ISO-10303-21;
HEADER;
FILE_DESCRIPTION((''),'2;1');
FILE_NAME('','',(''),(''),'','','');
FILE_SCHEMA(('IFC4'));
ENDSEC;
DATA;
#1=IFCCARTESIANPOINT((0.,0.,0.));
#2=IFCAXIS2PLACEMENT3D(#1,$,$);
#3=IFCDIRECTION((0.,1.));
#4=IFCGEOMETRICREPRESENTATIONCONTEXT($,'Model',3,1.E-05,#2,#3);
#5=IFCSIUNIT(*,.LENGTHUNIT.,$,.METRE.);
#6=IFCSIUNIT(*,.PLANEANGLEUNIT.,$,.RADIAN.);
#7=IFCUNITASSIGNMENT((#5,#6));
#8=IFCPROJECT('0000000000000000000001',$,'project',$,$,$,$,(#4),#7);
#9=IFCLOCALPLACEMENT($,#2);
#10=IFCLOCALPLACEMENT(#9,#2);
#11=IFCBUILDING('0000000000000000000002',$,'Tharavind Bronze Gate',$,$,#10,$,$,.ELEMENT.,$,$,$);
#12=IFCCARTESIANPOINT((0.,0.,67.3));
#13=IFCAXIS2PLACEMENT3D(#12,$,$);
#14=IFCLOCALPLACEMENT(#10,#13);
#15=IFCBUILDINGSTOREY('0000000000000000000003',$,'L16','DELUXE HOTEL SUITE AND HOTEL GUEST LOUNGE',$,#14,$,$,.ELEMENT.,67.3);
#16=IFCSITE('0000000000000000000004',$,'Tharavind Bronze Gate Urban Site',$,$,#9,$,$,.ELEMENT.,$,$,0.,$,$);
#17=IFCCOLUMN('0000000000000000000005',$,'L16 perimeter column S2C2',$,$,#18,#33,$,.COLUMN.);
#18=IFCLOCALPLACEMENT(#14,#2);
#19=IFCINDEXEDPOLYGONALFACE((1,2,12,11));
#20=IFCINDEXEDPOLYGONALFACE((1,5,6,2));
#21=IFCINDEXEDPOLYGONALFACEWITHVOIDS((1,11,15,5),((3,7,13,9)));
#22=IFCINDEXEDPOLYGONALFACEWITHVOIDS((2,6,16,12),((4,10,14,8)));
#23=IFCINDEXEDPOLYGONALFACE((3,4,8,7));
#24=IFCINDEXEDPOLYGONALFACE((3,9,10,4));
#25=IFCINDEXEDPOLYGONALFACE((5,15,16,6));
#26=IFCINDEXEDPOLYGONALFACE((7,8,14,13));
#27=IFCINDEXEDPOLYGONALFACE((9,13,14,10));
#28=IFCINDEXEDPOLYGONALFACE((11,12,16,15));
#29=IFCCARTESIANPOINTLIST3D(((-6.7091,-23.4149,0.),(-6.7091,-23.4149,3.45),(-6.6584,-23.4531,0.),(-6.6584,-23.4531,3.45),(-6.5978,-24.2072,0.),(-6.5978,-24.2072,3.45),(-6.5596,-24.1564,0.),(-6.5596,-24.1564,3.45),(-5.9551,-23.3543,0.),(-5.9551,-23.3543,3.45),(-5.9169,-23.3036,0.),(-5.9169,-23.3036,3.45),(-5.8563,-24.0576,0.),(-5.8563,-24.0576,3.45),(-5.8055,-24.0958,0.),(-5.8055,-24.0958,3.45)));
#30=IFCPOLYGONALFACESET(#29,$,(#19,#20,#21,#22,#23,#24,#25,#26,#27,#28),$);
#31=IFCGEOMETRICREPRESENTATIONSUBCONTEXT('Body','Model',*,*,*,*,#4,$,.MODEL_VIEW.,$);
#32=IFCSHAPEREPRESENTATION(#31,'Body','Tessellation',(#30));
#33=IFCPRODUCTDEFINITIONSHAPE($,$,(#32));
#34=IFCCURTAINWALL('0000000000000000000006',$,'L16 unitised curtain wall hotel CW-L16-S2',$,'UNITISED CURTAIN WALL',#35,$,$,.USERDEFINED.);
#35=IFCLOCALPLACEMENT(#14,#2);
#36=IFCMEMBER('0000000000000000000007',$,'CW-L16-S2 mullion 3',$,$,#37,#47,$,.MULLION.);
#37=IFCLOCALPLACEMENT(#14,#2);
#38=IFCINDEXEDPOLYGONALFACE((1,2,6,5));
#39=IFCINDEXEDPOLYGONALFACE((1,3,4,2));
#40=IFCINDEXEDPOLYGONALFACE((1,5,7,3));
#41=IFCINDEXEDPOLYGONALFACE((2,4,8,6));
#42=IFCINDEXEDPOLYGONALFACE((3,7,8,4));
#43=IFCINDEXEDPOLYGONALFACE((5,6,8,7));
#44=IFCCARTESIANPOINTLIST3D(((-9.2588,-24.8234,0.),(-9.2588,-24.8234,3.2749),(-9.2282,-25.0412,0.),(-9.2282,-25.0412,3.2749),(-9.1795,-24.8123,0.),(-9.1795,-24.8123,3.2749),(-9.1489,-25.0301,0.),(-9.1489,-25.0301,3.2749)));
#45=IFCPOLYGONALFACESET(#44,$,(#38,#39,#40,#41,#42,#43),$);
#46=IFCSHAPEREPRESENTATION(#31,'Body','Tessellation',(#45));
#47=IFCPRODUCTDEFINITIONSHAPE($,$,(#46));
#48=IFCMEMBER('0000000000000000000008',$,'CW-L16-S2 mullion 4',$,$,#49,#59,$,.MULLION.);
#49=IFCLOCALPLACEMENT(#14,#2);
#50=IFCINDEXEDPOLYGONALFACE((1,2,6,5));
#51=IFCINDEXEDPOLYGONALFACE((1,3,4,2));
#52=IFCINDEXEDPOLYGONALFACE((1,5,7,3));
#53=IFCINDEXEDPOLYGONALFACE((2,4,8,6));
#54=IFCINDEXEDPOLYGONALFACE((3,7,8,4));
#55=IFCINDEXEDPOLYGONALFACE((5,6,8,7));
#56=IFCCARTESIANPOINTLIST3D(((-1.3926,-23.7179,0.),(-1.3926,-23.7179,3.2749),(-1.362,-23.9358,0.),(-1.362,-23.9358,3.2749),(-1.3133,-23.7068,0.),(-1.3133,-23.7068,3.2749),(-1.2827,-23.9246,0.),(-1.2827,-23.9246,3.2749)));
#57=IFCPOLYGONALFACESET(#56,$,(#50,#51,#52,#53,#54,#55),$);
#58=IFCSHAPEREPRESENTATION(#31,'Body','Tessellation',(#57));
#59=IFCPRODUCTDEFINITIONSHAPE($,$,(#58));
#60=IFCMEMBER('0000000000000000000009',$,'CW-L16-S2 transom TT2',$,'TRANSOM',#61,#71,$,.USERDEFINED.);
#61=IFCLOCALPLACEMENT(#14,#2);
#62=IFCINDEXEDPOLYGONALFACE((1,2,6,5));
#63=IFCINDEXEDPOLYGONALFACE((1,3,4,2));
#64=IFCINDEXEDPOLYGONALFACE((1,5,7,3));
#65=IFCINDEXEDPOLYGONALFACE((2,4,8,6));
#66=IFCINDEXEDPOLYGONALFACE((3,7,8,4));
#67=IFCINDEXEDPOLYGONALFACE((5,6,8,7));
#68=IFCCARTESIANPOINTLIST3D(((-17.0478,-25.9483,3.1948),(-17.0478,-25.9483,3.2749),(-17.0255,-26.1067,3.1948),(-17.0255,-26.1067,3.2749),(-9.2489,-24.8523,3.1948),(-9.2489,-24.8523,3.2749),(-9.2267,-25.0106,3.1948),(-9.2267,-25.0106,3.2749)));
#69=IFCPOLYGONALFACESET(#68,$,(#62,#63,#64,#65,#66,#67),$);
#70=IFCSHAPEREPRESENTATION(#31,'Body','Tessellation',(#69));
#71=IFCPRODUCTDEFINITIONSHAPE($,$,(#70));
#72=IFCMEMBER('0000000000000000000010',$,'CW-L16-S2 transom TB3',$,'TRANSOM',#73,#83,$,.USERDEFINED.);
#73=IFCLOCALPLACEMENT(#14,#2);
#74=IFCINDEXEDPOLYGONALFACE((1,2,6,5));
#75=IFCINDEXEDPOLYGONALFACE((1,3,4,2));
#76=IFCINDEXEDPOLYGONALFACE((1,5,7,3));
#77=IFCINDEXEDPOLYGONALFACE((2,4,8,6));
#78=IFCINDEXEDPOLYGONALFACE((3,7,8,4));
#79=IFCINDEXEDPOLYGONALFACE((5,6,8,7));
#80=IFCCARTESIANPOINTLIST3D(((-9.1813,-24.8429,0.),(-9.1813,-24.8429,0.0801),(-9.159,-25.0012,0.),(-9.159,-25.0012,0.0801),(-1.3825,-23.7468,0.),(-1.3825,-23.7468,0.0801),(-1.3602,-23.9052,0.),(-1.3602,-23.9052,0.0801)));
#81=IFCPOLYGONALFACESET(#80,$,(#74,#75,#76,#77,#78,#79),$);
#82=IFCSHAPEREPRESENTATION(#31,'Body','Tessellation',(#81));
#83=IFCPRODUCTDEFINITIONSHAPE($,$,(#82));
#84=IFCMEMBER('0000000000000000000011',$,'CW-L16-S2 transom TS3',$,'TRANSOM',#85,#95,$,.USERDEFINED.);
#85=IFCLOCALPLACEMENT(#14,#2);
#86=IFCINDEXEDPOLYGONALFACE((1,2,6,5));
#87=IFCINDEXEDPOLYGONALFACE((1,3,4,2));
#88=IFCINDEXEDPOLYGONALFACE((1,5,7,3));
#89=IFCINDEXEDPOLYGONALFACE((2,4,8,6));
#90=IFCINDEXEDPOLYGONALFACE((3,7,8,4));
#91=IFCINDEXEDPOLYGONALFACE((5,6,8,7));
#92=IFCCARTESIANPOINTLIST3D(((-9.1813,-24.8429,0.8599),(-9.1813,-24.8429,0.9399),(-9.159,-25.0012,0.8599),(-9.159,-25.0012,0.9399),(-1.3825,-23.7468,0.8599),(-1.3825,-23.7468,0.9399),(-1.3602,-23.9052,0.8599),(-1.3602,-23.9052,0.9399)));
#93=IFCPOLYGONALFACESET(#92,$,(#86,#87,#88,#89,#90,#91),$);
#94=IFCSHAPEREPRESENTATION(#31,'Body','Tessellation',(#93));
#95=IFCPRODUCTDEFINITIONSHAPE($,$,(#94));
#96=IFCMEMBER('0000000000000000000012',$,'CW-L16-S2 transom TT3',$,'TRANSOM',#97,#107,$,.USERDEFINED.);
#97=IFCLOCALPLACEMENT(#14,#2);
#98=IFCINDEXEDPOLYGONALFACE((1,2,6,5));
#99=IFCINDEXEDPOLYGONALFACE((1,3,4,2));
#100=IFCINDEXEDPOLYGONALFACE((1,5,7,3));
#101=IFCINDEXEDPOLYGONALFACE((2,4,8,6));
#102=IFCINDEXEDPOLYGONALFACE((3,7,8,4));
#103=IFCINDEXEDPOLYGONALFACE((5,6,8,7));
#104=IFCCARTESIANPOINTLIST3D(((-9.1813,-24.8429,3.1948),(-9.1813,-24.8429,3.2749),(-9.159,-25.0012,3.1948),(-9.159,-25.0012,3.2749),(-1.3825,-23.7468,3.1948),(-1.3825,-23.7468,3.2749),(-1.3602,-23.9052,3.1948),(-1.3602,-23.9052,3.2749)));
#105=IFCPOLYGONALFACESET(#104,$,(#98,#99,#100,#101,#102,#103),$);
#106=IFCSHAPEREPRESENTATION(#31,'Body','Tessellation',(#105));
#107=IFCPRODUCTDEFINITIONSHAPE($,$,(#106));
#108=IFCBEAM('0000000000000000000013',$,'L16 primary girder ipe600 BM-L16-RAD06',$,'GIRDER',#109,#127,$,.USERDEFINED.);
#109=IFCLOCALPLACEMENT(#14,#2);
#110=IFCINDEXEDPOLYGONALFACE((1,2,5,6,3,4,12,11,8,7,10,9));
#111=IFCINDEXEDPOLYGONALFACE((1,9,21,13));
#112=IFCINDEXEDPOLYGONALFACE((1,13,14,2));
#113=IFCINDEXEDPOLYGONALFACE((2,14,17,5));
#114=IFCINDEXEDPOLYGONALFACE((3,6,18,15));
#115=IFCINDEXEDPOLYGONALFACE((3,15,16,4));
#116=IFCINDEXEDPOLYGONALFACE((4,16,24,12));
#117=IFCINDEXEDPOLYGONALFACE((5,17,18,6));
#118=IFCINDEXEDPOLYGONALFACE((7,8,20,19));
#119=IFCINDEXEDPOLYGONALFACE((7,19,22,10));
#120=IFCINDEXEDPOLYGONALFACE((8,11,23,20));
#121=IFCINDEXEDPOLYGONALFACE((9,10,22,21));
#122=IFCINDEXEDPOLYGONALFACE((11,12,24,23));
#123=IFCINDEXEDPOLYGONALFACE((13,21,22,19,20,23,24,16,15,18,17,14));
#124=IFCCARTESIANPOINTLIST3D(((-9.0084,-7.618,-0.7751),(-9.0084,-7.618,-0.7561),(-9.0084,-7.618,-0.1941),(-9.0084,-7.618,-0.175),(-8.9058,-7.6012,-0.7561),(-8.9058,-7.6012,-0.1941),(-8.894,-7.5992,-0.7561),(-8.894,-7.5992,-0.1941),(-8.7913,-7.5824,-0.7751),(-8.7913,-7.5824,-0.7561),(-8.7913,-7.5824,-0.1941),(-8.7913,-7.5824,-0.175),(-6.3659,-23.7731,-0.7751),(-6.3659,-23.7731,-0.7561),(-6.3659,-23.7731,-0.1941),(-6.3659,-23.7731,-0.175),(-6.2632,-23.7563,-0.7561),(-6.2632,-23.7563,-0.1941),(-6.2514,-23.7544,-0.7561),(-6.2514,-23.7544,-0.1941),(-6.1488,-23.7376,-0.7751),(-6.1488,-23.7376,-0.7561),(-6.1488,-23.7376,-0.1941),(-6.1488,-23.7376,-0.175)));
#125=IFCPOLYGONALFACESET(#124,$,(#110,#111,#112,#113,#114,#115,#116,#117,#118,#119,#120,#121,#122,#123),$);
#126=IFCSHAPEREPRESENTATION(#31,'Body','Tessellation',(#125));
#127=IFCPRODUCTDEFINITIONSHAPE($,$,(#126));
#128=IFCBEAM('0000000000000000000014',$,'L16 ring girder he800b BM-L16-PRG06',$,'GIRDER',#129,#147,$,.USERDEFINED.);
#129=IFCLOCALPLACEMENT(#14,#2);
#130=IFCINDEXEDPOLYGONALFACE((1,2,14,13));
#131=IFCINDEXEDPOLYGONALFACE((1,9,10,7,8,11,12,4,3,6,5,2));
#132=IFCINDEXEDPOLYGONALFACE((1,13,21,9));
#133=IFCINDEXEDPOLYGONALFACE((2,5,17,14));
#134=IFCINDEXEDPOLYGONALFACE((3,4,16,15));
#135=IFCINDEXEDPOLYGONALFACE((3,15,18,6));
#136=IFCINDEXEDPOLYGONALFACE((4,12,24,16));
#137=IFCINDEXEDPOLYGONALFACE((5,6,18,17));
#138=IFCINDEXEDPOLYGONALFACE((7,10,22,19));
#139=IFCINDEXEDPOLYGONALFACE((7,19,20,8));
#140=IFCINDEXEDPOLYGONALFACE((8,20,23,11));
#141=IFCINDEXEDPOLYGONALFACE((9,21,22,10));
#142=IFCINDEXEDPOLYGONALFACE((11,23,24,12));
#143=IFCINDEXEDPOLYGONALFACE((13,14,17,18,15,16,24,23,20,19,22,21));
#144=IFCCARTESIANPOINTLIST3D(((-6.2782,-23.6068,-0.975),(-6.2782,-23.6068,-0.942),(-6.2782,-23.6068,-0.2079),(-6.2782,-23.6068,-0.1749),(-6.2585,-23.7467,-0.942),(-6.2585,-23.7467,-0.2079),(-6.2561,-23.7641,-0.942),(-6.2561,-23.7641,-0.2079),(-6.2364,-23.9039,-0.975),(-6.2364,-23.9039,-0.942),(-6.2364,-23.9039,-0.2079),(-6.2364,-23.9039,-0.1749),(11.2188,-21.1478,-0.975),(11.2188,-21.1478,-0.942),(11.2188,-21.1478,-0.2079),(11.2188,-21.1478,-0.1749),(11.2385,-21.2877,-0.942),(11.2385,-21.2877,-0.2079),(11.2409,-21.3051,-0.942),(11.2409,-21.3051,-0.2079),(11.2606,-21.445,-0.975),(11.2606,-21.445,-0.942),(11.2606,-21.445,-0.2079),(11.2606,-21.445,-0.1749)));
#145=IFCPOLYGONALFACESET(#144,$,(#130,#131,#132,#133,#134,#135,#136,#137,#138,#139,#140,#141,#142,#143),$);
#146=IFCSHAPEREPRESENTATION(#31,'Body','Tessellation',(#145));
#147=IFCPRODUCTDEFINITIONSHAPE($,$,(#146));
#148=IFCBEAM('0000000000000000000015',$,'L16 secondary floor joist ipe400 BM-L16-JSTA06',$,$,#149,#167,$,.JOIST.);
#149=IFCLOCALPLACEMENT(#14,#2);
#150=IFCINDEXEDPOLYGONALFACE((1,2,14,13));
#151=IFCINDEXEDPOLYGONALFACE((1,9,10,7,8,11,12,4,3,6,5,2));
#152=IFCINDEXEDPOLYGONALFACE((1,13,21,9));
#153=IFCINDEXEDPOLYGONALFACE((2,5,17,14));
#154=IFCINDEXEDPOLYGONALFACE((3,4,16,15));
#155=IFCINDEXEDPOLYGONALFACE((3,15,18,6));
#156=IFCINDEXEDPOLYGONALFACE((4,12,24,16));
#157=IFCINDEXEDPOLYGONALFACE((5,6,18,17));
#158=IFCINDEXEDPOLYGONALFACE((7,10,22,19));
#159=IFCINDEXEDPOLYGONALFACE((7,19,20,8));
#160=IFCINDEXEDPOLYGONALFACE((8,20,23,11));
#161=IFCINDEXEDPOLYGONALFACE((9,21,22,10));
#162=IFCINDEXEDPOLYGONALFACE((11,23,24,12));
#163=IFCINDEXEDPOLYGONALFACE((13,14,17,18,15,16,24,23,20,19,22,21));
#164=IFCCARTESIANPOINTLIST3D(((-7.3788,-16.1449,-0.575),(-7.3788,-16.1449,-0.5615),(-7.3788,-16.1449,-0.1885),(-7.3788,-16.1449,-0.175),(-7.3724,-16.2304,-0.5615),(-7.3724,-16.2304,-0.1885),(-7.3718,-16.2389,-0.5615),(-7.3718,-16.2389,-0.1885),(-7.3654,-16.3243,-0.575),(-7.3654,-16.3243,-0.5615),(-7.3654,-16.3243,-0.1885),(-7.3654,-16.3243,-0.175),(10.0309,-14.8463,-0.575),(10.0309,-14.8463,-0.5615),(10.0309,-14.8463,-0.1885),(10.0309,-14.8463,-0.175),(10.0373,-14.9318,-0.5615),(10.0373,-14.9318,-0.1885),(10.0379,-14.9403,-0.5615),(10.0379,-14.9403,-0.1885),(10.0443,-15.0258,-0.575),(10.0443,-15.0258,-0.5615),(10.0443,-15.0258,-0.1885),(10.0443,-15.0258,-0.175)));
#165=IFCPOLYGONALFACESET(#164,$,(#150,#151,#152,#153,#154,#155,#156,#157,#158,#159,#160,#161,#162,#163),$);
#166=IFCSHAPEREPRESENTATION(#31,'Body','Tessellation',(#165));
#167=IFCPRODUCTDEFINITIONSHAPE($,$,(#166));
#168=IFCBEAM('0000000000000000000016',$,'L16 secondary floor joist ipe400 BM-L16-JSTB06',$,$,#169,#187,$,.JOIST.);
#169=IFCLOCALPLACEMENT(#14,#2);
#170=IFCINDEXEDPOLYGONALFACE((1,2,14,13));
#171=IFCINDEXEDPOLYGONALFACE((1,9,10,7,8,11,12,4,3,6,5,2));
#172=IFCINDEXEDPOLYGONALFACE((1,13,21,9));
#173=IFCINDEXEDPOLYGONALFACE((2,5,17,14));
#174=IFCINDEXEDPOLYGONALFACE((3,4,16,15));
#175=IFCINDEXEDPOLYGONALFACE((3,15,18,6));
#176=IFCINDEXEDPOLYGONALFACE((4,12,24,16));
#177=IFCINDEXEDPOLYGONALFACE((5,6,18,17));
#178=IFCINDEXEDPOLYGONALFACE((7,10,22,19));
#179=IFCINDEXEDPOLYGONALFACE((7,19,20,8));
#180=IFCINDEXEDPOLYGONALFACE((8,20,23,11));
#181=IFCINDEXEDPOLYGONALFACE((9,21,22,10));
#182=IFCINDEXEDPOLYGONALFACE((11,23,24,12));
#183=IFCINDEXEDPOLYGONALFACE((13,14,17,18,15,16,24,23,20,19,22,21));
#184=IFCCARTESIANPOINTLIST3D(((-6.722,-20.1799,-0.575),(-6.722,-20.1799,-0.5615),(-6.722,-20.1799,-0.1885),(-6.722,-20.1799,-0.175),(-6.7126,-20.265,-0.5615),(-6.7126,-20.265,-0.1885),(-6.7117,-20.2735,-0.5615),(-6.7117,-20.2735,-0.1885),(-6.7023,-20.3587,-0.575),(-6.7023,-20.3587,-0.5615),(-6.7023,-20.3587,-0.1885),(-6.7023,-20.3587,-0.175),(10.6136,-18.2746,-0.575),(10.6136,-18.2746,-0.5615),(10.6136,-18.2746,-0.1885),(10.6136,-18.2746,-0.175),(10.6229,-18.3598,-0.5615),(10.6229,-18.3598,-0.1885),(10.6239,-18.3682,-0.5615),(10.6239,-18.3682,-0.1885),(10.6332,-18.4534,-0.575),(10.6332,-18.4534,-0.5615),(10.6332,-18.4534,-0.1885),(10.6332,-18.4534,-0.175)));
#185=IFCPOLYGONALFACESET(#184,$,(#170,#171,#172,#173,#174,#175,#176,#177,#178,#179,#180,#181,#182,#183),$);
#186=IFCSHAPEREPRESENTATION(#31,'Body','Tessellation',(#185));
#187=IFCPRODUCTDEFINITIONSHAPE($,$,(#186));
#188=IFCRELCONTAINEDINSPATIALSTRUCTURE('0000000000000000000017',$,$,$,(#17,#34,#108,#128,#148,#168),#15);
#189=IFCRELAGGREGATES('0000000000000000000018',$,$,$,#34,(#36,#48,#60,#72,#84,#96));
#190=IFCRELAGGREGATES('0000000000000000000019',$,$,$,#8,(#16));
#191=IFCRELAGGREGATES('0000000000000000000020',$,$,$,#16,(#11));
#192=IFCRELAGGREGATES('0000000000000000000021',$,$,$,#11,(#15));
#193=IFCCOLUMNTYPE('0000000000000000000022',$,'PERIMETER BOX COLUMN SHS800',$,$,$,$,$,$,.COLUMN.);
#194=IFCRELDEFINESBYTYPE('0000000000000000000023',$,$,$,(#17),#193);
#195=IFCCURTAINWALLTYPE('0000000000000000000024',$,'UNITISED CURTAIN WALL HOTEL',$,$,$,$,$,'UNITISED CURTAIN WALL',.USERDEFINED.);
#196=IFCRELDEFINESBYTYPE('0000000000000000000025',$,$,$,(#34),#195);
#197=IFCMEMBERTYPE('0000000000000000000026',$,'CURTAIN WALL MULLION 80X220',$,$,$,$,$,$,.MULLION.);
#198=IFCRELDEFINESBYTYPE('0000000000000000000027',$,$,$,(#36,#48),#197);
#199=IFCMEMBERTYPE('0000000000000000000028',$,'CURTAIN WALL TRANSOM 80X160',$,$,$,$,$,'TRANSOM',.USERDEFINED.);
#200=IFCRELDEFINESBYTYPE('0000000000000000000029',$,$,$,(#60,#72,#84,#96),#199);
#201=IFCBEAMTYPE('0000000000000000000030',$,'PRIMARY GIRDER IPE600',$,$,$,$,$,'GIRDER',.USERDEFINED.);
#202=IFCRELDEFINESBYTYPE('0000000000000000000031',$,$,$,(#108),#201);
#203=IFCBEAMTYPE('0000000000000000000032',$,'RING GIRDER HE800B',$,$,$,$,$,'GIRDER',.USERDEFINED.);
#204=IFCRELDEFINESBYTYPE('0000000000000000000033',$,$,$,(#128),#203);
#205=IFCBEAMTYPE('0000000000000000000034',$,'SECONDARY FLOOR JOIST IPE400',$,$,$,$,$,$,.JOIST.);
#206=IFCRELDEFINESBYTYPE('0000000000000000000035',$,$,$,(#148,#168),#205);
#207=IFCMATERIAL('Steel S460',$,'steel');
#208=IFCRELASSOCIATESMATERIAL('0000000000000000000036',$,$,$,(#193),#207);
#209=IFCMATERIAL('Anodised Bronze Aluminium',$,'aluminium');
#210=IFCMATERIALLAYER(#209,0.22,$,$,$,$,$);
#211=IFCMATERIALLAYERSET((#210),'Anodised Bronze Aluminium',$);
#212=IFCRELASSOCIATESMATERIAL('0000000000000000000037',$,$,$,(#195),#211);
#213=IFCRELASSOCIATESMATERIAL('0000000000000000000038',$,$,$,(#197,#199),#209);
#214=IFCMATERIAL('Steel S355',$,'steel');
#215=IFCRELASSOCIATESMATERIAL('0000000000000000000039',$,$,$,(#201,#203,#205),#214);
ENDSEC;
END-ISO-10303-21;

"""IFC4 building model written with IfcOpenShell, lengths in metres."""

from ifc_helpers import new_model, si_unit, direction, frame, origin, origin_2d, place, context, subcontext, project, spatial, rectangle, hollow_rectangle, i_section, extrude, material, layer, layer_set, material_profile, profile_set, type_object, element, aggregate, save


model = new_model("IFC4")

# Units and contexts
model_context = context("Model", 3, precision=1e-05, world=origin(), true_north=direction((0.0, 1.0)))
body_context = subcontext(model_context, "Body", "Model", "MODEL_VIEW")
ifc_project = project(units=[si_unit("LENGTHUNIT", "METRE"), si_unit("PLANEANGLEUNIT", "RADIAN")], contexts=[model_context])

# Site, building, storey
site_placement = place(None, origin())
site = spatial("IfcSite", under=ifc_project, at=site_placement, Name="Tharavind Bronze Gate Urban Site", CompositionType="ELEMENT", RefElevation=0.0)
building_placement = place(site_placement, origin())
building = spatial("IfcBuilding", under=site, at=building_placement, Name="Tharavind Bronze Gate", CompositionType="ELEMENT")
storey_placement = place(building_placement, frame((0.0, 0.0, 67.3)))
storey = spatial("IfcBuildingStorey", under=building, at=storey_placement, Name="L16", Description="DELUXE HOTEL SUITE AND HOTEL GUEST LOUNGE", CompositionType="ELEMENT", Elevation=67.3)

# Column
ifc_material_1 = material(Name="Steel S460", Category="steel")
ifc_material_profile_1 = material_profile(ifc_material_1, hollow_rectangle(XDim=0.8, YDim=0.8, WallThickness=0.0449, at=origin_2d()), Name="SHS800X45")
ifc_profile_set_1 = profile_set([ifc_material_profile_1], Name="Steel S460")
column_type = type_object("IfcColumnType", Name="PERIMETER BOX COLUMN SHS800", PredefinedType="COLUMN", material=ifc_profile_set_1)
column_placement = place(storey_placement, frame((-6.2573, -23.7554, 0.0), z_axis=(0.0, 0.0, 1.0), x_axis=(0.990268, 0.139173, 0.0)))
element("IfcColumn", 1, at=column_placement, inside=storey, type_object=column_type, Name="L16 perimeter column S2C2", PredefinedType="COLUMN", context=body_context, shape_type="SweptSolid", body=[
    extrude(hollow_rectangle(XDim=0.8, YDim=0.8, WallThickness=0.0449, at=origin_2d()), origin(), (0.0, 0.0, 1.0), 3.45),
])

# Curtain wall, members
ifc_material_2 = material(Name="Anodised Bronze Aluminium", Category="aluminium")
ifc_layer_1 = layer(ifc_material_2, 0.22)
ifc_layer_set_1 = layer_set([ifc_layer_1], Name="Anodised Bronze Aluminium")
curtain_wall_type = type_object("IfcCurtainWallType", Name="UNITISED CURTAIN WALL HOTEL", ElementType="UNITISED CURTAIN WALL", PredefinedType="USERDEFINED", material=ifc_layer_set_1)
curtain_wall_placement = place(storey_placement, origin())
curtain_wall = element("IfcCurtainWall", 2, at=curtain_wall_placement, inside=storey, type_object=curtain_wall_type, Name="L16 unitised curtain wall hotel CW-L16-S2", ObjectType="UNITISED CURTAIN WALL", PredefinedType="USERDEFINED")
member_type_1 = type_object("IfcMemberType", Name="CURTAIN WALL MULLION 80X220", PredefinedType="MULLION", material=ifc_material_2)
member_1_placement = place(storey_placement, frame((-9.2039, -24.9268, 0.0), z_axis=(0.0, 0.0, 1.0), x_axis=(0.990268, 0.139173, 0.0)))
member_1 = element("IfcMember", 3, at=member_1_placement, type_object=member_type_1, Name="CW-L16-S2 mullion 3", PredefinedType="MULLION", context=body_context, shape_type="SweptSolid", body=[
    extrude(rectangle(XDim=0.0801, YDim=0.22, at=origin_2d()), origin(), (0.0, 0.0, 1.0), 3.2749),
])
member_2_placement = place(storey_placement, frame((-1.3376, -23.8213, 0.0), z_axis=(0.0, 0.0, 1.0), x_axis=(0.990268, 0.139173, 0.0)))
member_2 = element("IfcMember", 4, at=member_2_placement, type_object=member_type_1, Name="CW-L16-S2 mullion 4", PredefinedType="MULLION", context=body_context, shape_type="SweptSolid", body=[
    extrude(rectangle(XDim=0.0801, YDim=0.22, at=origin_2d()), origin(), (0.0, 0.0, 1.0), 3.2749),
])
member_type_2 = type_object("IfcMemberType", Name="CURTAIN WALL TRANSOM 80X160", ElementType="TRANSOM", PredefinedType="USERDEFINED", material=ifc_material_2)
member_3_placement = place(storey_placement, frame((-13.1372, -25.4795, 3.1948), z_axis=(0.0, 0.0, 1.0), x_axis=(0.990268, 0.139173, 0.0)))
member_3 = element("IfcMember", 5, at=member_3_placement, type_object=member_type_2, Name="CW-L16-S2 transom TT2", ObjectType="TRANSOM", PredefinedType="USERDEFINED", context=body_context, shape_type="SweptSolid", body=[
    extrude(rectangle(XDim=7.8755, YDim=0.1599, at=origin_2d()), origin(), (0.0, 0.0, 1.0), 0.0801),
])
member_4_placement = place(storey_placement, frame((-5.2708, -24.374, 0.0), z_axis=(0.0, 0.0, 1.0), x_axis=(0.990268, 0.139173, 0.0)))
member_4 = element("IfcMember", 6, at=member_4_placement, type_object=member_type_2, Name="CW-L16-S2 transom TB3", ObjectType="TRANSOM", PredefinedType="USERDEFINED", context=body_context, shape_type="SweptSolid", body=[
    extrude(rectangle(XDim=7.8755, YDim=0.1599, at=origin_2d()), origin(), (0.0, 0.0, 1.0), 0.0801),
])
member_5_placement = place(storey_placement, frame((-5.2708, -24.374, 0.8599), z_axis=(0.0, 0.0, 1.0), x_axis=(0.990268, 0.139173, 0.0)))
member_5 = element("IfcMember", 7, at=member_5_placement, type_object=member_type_2, Name="CW-L16-S2 transom TS3", ObjectType="TRANSOM", PredefinedType="USERDEFINED", context=body_context, shape_type="SweptSolid", body=[
    extrude(rectangle(XDim=7.8755, YDim=0.1599, at=origin_2d()), origin(), (0.0, 0.0, 1.0), 0.0801),
])
member_6_placement = place(storey_placement, frame((-5.2708, -24.374, 3.1948), z_axis=(0.0, 0.0, 1.0), x_axis=(0.990268, 0.139173, 0.0)))
member_6 = element("IfcMember", 8, at=member_6_placement, type_object=member_type_2, Name="CW-L16-S2 transom TT3", ObjectType="TRANSOM", PredefinedType="USERDEFINED", context=body_context, shape_type="SweptSolid", body=[
    extrude(rectangle(XDim=7.8755, YDim=0.1599, at=origin_2d()), origin(), (0.0, 0.0, 1.0), 0.0801),
])

# Beams
ifc_material_3 = material(Name="Steel S355", Category="steel")
ifc_material_profile_2 = material_profile(ifc_material_3, i_section(OverallWidth=0.22, OverallDepth=0.6001, WebThickness=0.012, FlangeThickness=0.019, at=origin_2d()), Name="IPE600")
ifc_profile_set_2 = profile_set([ifc_material_profile_2], Name="Steel S355")
beam_type_1 = type_object("IfcBeamType", Name="PRIMARY GIRDER IPE600", ElementType="GIRDER", PredefinedType="USERDEFINED", material=ifc_profile_set_2)
beam_1_placement = place(storey_placement, frame((-6.2573, -23.7554, -0.4751), z_axis=(-0.161428, 0.986884, 0.0), x_axis=(-0.986884, -0.161428, 0.0)))
element("IfcBeam", 9, at=beam_1_placement, inside=storey, type_object=beam_type_1, Name="L16 primary girder ipe600 BM-L16-RAD06", ObjectType="GIRDER", PredefinedType="USERDEFINED", context=body_context, shape_type="SweptSolid", body=[
    extrude(i_section(OverallWidth=0.22, OverallDepth=0.6001, WebThickness=0.012, FlangeThickness=0.019, at=origin_2d()), origin(), (0.0, 0.0, 1.0), 16.3699),
])
ifc_material_profile_3 = material_profile(ifc_material_3, i_section(OverallWidth=0.3, OverallDepth=0.8, WebThickness=0.0176, FlangeThickness=0.033, at=origin_2d()), Name="HE800B")
ifc_profile_set_3 = profile_set([ifc_material_profile_3], Name="Steel S355")
beam_type_2 = type_object("IfcBeamType", Name="RING GIRDER HE800B", ElementType="GIRDER", PredefinedType="USERDEFINED", material=ifc_profile_set_3)
beam_2_placement = place(storey_placement, frame((-6.2573, -23.7554, -0.575), z_axis=(0.990269, 0.139169, 0.0), x_axis=(-0.139169, 0.990269, 0.0)))
element("IfcBeam", 10, at=beam_2_placement, inside=storey, type_object=beam_type_2, Name="L16 ring girder he800b BM-L16-PRG06", ObjectType="GIRDER", PredefinedType="USERDEFINED", context=body_context, shape_type="SweptSolid", body=[
    extrude(i_section(OverallWidth=0.3, OverallDepth=0.8, WebThickness=0.0176, FlangeThickness=0.033, at=origin_2d()), origin(), (0.0, 0.0, 1.0), 17.6689),
])
ifc_material_profile_4 = material_profile(ifc_material_3, i_section(OverallWidth=0.1799, OverallDepth=0.3999, WebThickness=0.0085, FlangeThickness=0.0134, at=origin_2d()), Name="IPE400")
ifc_profile_set_4 = profile_set([ifc_material_profile_4], Name="Steel S355")
beam_type_3 = type_object("IfcBeamType", Name="SECONDARY FLOOR JOIST IPE400", PredefinedType="JOIST", material=ifc_profile_set_4)
beam_3_placement = place(storey_placement, frame((-7.3721, -16.2346, -0.375), z_axis=(0.99723, 0.074383, 0.0), x_axis=(-0.074383, 0.99723, 0.0)))
element("IfcBeam", 11, at=beam_3_placement, inside=storey, type_object=beam_type_3, Name="L16 secondary floor joist ipe400 BM-L16-JSTA06", PredefinedType="JOIST", context=body_context, shape_type="SweptSolid", body=[
    extrude(i_section(OverallWidth=0.1799, OverallDepth=0.3999, WebThickness=0.0085, FlangeThickness=0.0134, at=origin_2d()), origin(), (0.0, 0.0, 1.0), 17.458),
])
beam_4_placement = place(storey_placement, frame((-6.7122, -20.2693, -0.375), z_axis=(0.994014, 0.109248, 0.0), x_axis=(-0.109248, 0.994014, 0.0)))
element("IfcBeam", 12, at=beam_4_placement, inside=storey, type_object=beam_type_3, Name="L16 secondary floor joist ipe400 BM-L16-JSTB06", PredefinedType="JOIST", context=body_context, shape_type="SweptSolid", body=[
    extrude(i_section(OverallWidth=0.1799, OverallDepth=0.3999, WebThickness=0.0085, FlangeThickness=0.0134, at=origin_2d()), origin(), (0.0, 0.0, 1.0), 17.4399),
])

aggregate(curtain_wall, [member_1, member_2, member_3, member_4, member_5, member_6])

save(model, "model.ifc")
